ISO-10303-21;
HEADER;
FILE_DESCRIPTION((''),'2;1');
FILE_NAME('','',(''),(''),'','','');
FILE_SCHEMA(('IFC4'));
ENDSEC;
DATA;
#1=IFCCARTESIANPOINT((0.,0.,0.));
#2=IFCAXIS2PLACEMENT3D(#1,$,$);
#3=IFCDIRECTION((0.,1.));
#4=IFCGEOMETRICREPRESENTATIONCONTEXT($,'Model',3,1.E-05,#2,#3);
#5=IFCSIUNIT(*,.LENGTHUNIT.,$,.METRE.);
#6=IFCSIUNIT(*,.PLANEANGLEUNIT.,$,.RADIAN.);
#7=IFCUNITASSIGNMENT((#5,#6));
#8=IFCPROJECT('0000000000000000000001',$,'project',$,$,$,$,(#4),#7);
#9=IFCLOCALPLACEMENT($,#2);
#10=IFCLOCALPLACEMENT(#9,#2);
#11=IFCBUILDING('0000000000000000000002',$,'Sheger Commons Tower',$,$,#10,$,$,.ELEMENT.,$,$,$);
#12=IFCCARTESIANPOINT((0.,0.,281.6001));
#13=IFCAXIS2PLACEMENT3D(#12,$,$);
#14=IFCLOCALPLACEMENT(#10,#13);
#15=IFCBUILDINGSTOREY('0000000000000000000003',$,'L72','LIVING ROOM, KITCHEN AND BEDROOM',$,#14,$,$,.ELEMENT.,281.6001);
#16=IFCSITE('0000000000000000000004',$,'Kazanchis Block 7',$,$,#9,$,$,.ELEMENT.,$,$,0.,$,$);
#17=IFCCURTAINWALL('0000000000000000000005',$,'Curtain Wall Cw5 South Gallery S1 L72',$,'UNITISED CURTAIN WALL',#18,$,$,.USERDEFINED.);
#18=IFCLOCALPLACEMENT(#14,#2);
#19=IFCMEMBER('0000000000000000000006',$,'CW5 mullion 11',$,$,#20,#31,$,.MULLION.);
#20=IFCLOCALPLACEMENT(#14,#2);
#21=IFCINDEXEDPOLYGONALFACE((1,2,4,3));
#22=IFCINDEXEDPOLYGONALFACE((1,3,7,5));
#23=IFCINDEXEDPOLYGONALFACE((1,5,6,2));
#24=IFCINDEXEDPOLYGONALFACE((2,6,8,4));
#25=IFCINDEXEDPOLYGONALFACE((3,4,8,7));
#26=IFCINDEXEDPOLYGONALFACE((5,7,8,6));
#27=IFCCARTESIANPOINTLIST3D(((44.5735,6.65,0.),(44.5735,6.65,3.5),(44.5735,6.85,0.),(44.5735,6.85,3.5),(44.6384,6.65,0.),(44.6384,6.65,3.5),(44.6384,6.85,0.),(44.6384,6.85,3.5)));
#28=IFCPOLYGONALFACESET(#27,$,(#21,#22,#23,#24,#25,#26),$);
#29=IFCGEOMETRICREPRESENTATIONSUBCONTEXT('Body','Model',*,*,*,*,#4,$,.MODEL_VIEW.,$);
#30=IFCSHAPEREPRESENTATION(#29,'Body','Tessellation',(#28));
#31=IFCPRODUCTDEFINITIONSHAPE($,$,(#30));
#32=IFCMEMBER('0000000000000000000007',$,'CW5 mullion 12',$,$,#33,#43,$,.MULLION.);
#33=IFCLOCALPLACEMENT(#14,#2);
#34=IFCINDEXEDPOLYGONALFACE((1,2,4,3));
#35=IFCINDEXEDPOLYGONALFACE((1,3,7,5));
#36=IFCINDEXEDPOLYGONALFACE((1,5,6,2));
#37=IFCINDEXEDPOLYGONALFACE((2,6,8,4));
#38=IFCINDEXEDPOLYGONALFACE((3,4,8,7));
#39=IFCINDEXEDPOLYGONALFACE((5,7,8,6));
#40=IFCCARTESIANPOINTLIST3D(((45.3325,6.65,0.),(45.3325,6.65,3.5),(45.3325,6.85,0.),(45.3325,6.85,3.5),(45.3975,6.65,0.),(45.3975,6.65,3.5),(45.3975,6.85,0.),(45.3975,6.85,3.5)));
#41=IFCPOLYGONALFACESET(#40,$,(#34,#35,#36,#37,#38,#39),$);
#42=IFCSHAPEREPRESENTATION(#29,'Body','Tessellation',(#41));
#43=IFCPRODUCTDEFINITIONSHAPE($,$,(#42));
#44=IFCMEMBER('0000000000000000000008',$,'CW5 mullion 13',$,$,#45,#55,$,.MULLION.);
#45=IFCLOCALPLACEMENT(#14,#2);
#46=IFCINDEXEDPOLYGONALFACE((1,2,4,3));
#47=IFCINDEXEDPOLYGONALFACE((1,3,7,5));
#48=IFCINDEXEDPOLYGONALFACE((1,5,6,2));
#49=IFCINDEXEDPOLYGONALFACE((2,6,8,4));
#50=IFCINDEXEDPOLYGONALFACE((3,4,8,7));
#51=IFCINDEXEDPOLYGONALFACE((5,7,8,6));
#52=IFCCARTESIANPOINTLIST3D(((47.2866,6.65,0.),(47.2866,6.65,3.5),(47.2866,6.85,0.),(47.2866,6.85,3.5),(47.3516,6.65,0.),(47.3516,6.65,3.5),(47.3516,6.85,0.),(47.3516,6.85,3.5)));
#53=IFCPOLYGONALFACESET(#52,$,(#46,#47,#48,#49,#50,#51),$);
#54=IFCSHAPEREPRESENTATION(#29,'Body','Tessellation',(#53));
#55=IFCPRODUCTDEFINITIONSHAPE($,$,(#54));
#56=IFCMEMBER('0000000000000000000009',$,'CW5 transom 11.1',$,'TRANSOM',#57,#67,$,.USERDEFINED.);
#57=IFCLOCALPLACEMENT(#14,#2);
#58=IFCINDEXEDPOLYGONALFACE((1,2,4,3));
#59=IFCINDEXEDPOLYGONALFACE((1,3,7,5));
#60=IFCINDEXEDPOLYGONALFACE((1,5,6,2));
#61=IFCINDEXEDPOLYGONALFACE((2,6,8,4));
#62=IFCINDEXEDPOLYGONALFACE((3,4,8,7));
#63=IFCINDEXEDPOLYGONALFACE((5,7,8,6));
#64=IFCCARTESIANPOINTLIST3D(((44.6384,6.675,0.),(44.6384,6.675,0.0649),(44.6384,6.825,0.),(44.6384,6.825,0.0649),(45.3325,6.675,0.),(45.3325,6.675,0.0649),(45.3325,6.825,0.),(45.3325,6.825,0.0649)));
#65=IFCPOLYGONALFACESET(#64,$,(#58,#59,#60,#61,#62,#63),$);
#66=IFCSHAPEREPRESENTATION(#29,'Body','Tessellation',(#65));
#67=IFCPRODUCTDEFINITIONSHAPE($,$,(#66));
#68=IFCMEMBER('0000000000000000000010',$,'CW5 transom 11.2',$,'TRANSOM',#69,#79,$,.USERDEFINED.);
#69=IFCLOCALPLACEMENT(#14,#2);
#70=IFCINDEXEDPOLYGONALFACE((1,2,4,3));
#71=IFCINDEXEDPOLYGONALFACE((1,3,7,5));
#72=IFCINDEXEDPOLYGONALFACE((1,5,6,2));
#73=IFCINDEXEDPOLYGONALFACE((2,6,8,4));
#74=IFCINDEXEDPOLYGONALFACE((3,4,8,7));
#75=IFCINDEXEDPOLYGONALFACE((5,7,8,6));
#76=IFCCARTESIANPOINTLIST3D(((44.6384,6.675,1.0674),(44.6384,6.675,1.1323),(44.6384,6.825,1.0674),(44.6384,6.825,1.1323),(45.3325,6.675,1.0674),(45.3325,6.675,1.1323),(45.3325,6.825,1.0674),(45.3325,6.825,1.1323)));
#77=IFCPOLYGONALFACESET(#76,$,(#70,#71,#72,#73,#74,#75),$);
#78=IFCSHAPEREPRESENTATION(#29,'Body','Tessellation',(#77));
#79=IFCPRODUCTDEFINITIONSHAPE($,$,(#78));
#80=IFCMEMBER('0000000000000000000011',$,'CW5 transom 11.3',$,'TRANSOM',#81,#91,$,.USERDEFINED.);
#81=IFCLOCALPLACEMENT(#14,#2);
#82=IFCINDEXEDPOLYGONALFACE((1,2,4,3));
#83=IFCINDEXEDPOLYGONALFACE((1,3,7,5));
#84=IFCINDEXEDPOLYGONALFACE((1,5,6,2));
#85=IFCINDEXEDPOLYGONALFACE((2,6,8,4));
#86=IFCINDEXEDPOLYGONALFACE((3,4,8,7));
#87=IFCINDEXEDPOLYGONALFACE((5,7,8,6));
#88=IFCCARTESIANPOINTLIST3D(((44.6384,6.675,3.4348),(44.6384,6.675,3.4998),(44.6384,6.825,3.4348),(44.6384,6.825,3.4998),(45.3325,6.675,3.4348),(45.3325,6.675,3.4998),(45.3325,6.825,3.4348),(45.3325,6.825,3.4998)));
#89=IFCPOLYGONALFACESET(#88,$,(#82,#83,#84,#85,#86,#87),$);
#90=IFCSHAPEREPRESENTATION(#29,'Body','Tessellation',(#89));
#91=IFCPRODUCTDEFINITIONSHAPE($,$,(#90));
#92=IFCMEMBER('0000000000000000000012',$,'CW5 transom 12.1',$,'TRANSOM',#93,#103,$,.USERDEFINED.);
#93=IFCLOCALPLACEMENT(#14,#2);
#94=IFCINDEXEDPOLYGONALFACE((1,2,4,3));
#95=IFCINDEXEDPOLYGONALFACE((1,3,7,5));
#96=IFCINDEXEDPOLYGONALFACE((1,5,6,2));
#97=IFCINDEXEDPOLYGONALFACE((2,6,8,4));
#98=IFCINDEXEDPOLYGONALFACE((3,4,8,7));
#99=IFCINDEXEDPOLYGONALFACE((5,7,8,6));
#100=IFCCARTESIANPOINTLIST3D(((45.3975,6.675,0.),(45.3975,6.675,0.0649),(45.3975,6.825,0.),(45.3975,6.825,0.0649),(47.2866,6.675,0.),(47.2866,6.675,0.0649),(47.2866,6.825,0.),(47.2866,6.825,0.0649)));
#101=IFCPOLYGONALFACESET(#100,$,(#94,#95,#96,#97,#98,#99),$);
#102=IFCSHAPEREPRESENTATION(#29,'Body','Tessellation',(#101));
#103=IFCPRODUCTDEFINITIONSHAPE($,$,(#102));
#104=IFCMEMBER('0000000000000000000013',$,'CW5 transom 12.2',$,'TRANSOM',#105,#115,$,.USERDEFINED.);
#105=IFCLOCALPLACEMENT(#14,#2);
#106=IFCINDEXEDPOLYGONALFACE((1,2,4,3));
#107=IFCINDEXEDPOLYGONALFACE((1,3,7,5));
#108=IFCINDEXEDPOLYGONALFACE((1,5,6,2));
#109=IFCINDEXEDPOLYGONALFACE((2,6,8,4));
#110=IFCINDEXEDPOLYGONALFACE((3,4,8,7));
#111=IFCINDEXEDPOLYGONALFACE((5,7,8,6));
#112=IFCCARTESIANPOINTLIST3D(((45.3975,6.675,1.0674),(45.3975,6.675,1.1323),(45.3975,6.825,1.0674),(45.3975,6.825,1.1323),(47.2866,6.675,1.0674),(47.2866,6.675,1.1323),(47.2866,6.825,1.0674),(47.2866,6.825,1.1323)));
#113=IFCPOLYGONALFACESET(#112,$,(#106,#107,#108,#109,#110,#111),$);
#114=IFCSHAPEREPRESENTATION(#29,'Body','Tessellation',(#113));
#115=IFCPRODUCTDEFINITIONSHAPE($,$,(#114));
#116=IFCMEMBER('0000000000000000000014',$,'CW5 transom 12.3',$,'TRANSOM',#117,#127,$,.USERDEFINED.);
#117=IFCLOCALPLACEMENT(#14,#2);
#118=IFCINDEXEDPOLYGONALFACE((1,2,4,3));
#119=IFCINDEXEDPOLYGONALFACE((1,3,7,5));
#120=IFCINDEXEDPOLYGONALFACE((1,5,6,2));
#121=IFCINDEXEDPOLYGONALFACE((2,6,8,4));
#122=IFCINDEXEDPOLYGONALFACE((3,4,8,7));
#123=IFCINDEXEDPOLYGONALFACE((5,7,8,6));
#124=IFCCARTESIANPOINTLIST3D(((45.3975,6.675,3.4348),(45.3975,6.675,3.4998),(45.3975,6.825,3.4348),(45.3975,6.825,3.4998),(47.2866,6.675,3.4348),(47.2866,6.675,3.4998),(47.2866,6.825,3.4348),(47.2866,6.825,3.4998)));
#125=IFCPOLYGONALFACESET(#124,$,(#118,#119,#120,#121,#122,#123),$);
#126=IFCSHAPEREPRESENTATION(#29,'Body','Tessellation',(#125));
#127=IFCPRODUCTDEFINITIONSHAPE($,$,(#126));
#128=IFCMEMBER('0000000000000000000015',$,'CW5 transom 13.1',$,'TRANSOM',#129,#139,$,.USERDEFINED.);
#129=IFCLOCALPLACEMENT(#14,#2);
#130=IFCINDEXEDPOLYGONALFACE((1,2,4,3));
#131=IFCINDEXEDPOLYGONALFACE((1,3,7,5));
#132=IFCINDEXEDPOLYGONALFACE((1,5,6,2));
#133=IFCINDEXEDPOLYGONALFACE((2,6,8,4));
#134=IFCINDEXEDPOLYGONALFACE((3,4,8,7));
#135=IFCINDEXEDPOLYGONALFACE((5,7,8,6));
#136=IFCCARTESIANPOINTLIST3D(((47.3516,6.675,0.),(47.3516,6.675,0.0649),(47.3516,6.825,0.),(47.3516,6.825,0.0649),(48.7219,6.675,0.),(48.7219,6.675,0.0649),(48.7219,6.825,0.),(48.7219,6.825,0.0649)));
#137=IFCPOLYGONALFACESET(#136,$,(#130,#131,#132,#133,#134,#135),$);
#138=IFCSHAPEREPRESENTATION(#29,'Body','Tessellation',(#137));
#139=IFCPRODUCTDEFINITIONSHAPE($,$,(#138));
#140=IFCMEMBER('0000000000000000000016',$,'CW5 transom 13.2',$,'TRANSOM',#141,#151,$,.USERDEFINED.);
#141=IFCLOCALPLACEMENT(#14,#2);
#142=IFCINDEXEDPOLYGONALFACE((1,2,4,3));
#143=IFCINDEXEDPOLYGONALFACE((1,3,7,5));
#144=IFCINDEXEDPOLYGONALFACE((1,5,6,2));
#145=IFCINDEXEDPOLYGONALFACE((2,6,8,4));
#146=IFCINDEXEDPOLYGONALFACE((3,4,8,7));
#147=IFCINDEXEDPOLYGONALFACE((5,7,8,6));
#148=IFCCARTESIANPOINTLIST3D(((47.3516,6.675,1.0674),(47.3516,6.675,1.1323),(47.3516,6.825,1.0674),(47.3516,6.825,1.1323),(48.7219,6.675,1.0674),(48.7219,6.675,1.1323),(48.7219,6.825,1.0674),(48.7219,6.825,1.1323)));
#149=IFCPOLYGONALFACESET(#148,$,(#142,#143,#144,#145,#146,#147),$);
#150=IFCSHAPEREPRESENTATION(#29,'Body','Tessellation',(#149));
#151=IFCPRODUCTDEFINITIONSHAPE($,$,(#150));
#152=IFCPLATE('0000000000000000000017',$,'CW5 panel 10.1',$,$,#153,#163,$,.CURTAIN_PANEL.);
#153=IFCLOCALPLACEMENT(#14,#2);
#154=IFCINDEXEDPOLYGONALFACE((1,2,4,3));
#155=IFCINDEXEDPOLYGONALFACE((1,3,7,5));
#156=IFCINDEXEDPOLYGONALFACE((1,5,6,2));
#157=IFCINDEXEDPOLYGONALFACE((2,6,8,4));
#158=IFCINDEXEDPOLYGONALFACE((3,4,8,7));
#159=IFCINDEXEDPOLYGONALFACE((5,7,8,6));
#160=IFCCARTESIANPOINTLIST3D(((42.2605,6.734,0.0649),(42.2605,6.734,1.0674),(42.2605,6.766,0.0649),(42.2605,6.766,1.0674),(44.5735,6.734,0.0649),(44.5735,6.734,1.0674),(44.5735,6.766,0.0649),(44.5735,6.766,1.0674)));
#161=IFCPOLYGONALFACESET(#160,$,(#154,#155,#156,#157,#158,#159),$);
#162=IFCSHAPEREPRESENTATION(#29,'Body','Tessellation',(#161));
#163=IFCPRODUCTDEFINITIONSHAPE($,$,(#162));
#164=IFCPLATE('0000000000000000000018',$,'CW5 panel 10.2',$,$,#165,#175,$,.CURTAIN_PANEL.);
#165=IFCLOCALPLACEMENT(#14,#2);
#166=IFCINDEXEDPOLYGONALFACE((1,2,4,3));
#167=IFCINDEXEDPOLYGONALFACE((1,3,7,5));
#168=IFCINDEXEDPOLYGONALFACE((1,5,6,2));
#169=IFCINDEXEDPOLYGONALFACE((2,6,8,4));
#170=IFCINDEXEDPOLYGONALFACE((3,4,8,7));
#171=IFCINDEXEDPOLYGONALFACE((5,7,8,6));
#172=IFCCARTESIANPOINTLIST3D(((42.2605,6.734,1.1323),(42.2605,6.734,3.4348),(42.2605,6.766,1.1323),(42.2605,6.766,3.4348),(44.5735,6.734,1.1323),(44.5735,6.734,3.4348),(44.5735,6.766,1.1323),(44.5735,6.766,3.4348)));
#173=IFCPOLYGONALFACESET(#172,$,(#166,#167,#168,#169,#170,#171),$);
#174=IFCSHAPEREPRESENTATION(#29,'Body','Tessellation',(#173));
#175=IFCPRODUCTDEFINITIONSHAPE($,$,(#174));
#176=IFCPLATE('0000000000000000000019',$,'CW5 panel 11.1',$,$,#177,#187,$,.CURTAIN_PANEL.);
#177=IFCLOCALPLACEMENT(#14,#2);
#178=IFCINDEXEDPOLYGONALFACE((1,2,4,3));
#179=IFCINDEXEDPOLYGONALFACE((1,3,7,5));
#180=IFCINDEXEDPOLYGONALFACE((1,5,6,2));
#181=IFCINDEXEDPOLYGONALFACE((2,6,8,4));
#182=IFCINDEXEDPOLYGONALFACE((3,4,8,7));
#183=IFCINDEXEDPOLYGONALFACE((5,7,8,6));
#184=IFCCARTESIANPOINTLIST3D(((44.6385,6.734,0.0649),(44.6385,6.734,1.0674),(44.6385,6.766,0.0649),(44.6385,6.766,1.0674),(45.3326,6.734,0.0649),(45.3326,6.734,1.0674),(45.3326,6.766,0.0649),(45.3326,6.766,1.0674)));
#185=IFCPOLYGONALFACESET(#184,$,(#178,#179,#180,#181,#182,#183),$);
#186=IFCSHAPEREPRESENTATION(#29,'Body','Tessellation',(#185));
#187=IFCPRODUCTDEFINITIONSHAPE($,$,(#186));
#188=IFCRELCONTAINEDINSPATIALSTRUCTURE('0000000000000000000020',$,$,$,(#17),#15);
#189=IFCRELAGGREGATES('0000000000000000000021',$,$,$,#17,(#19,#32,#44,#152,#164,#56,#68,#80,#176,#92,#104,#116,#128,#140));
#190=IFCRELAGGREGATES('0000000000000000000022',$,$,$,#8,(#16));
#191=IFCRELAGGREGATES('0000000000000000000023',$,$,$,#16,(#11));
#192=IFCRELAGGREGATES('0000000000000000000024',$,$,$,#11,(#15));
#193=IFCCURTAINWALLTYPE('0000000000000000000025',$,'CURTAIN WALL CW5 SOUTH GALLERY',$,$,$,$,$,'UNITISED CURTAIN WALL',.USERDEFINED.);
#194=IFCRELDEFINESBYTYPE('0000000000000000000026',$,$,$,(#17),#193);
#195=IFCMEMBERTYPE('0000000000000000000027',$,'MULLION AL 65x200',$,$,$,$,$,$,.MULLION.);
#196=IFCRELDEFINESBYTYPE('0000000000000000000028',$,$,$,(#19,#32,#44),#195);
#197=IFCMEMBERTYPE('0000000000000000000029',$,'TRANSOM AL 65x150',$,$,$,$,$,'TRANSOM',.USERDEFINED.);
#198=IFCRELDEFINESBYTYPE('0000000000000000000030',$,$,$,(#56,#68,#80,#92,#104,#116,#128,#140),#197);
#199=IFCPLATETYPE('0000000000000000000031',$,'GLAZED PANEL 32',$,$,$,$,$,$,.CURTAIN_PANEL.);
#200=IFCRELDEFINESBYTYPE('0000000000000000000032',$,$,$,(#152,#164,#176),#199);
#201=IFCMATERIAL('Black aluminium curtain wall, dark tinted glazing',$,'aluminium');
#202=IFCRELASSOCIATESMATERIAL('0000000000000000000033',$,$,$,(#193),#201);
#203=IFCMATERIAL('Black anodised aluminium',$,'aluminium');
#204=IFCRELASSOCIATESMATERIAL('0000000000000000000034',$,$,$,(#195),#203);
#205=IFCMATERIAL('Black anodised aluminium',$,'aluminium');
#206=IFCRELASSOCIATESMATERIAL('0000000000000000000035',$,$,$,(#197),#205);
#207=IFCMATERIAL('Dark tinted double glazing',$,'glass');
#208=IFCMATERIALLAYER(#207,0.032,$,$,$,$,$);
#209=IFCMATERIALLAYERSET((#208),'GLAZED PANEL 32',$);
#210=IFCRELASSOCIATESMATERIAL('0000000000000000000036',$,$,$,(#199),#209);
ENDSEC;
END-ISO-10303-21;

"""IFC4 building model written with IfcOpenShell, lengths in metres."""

from ifc_helpers import new_model, si_unit, direction, frame, origin, origin_2d, place, context, subcontext, project, spatial, rectangle, extrude, material, layer, layer_set, material_profile, profile_set, type_object, element, aggregate, save


model = new_model("IFC4")

# Units and contexts
model_context = context("Model", 3, precision=1e-05, world=origin(), true_north=direction((0.0, 1.0)))
body_context = subcontext(model_context, "Body", "Model", "MODEL_VIEW")
ifc_project = project(units=[si_unit("LENGTHUNIT", "METRE"), si_unit("PLANEANGLEUNIT", "RADIAN")], contexts=[model_context])

# Site, building, storey
site_placement = place(None, origin())
site = spatial("IfcSite", under=ifc_project, at=site_placement, Name="Kazanchis Block 7", CompositionType="ELEMENT", RefElevation=0.0)
building_placement = place(site_placement, origin())
building = spatial("IfcBuilding", under=site, at=building_placement, Name="Sheger Commons Tower", CompositionType="ELEMENT")
storey_placement = place(building_placement, frame((0.0, 0.0, 281.6001)))
storey = spatial("IfcBuildingStorey", under=building, at=storey_placement, Name="L72", Description="LIVING ROOM, KITCHEN AND BEDROOM", CompositionType="ELEMENT", Elevation=281.6001)

# Curtain wall, members, plates
ifc_material_1 = material(Name="Black aluminium curtain wall, dark tinted glazing", Category="aluminium")
curtain_wall_type = type_object("IfcCurtainWallType", Name="CURTAIN WALL CW5 SOUTH GALLERY", ElementType="UNITISED CURTAIN WALL", PredefinedType="USERDEFINED", material=ifc_material_1)
curtain_wall_placement = place(storey_placement, origin())
curtain_wall = element("IfcCurtainWall", 1, at=curtain_wall_placement, inside=storey, type_object=curtain_wall_type, Name="Curtain Wall Cw5 South Gallery S1 L72", ObjectType="UNITISED CURTAIN WALL", PredefinedType="USERDEFINED")
ifc_material_2 = material(Name="Black anodised aluminium", Category="aluminium")
ifc_material_profile_1 = material_profile(ifc_material_2, rectangle(XDim=0.2, YDim=0.0649, at=origin_2d()), Name="AL 65x200")
ifc_profile_set_1 = profile_set([ifc_material_profile_1], Name="Black anodised aluminium")
member_type_1 = type_object("IfcMemberType", Name="MULLION AL 65x200", PredefinedType="MULLION", material=ifc_profile_set_1)
member_1_placement = place(storey_placement, frame((44.606, 6.75, 0.0), z_axis=(0.0, 0.0, 1.0), x_axis=(0.0, 1.0, 0.0)))
member_1 = element("IfcMember", 2, at=member_1_placement, type_object=member_type_1, Name="CW5 mullion 11", PredefinedType="MULLION", context=body_context, shape_type="SweptSolid", body=[
    extrude(rectangle(XDim=0.2, YDim=0.0649, at=origin_2d()), origin(), (0.0, 0.0, 1.0), 3.5),
])
member_2_placement = place(storey_placement, frame((45.365, 6.75, 0.0), z_axis=(0.0, 0.0, 1.0), x_axis=(0.0, 1.0, 0.0)))
member_2 = element("IfcMember", 3, at=member_2_placement, type_object=member_type_1, Name="CW5 mullion 12", PredefinedType="MULLION", context=body_context, shape_type="SweptSolid", body=[
    extrude(rectangle(XDim=0.2, YDim=0.0649, at=origin_2d()), origin(), (0.0, 0.0, 1.0), 3.5),
])
member_3_placement = place(storey_placement, frame((47.3191, 6.75, 0.0), z_axis=(0.0, 0.0, 1.0), x_axis=(0.0, 1.0, 0.0)))
member_3 = element("IfcMember", 4, at=member_3_placement, type_object=member_type_1, Name="CW5 mullion 13", PredefinedType="MULLION", context=body_context, shape_type="SweptSolid", body=[
    extrude(rectangle(XDim=0.2, YDim=0.0649, at=origin_2d()), origin(), (0.0, 0.0, 1.0), 3.5),
])
ifc_material_3 = material(Name="Black anodised aluminium", Category="aluminium")
ifc_material_profile_2 = material_profile(ifc_material_3, rectangle(XDim=0.1499, YDim=0.0649, at=origin_2d()), Name="AL 65x150")
ifc_profile_set_2 = profile_set([ifc_material_profile_2], Name="Black anodised aluminium")
member_type_2 = type_object("IfcMemberType", Name="TRANSOM AL 65x150", ElementType="TRANSOM", PredefinedType="USERDEFINED", material=ifc_profile_set_2)
member_4_placement = place(storey_placement, frame((44.6384, 6.75, 0.0325), z_axis=(1.0, 0.0, 0.0), x_axis=(0.0, 1.0, 0.0)))
member_4 = element("IfcMember", 5, at=member_4_placement, type_object=member_type_2, Name="CW5 transom 11.1", ObjectType="TRANSOM", PredefinedType="USERDEFINED", context=body_context, shape_type="SweptSolid", body=[
    extrude(rectangle(XDim=0.1499, YDim=0.0649, at=origin_2d()), origin(), (0.0, 0.0, 1.0), 0.6941),
])
member_5_placement = place(storey_placement, frame((44.6384, 6.75, 1.0999), z_axis=(1.0, 0.0, 0.0), x_axis=(0.0, 1.0, 0.0)))
member_5 = element("IfcMember", 6, at=member_5_placement, type_object=member_type_2, Name="CW5 transom 11.2", ObjectType="TRANSOM", PredefinedType="USERDEFINED", context=body_context, shape_type="SweptSolid", body=[
    extrude(rectangle(XDim=0.1499, YDim=0.0649, at=origin_2d()), origin(), (0.0, 0.0, 1.0), 0.6941),
])
member_6_placement = place(storey_placement, frame((44.6384, 6.75, 3.4673), z_axis=(1.0, 0.0, 0.0), x_axis=(0.0, 1.0, 0.0)))
member_6 = element("IfcMember", 7, at=member_6_placement, type_object=member_type_2, Name="CW5 transom 11.3", ObjectType="TRANSOM", PredefinedType="USERDEFINED", context=body_context, shape_type="SweptSolid", body=[
    extrude(rectangle(XDim=0.1499, YDim=0.0649, at=origin_2d()), origin(), (0.0, 0.0, 1.0), 0.6941),
])
member_7_placement = place(storey_placement, frame((45.3975, 6.75, 0.0325), z_axis=(1.0, 0.0, 0.0), x_axis=(0.0, 1.0, 0.0)))
member_7 = element("IfcMember", 8, at=member_7_placement, type_object=member_type_2, Name="CW5 transom 12.1", ObjectType="TRANSOM", PredefinedType="USERDEFINED", context=body_context, shape_type="SweptSolid", body=[
    extrude(rectangle(XDim=0.1499, YDim=0.0649, at=origin_2d()), origin(), (0.0, 0.0, 1.0), 1.8892),
])
member_8_placement = place(storey_placement, frame((45.3975, 6.75, 1.0999), z_axis=(1.0, 0.0, 0.0), x_axis=(0.0, 1.0, 0.0)))
member_8 = element("IfcMember", 9, at=member_8_placement, type_object=member_type_2, Name="CW5 transom 12.2", ObjectType="TRANSOM", PredefinedType="USERDEFINED", context=body_context, shape_type="SweptSolid", body=[
    extrude(rectangle(XDim=0.1499, YDim=0.0649, at=origin_2d()), origin(), (0.0, 0.0, 1.0), 1.8892),
])
member_9_placement = place(storey_placement, frame((45.3975, 6.75, 3.4673), z_axis=(1.0, 0.0, 0.0), x_axis=(0.0, 1.0, 0.0)))
member_9 = element("IfcMember", 10, at=member_9_placement, type_object=member_type_2, Name="CW5 transom 12.3", ObjectType="TRANSOM", PredefinedType="USERDEFINED", context=body_context, shape_type="SweptSolid", body=[
    extrude(rectangle(XDim=0.1499, YDim=0.0649, at=origin_2d()), origin(), (0.0, 0.0, 1.0), 1.8892),
])
member_10_placement = place(storey_placement, frame((47.3516, 6.75, 0.0325), z_axis=(1.0, 0.0, 0.0), x_axis=(0.0, 1.0, 0.0)))
member_10 = element("IfcMember", 11, at=member_10_placement, type_object=member_type_2, Name="CW5 transom 13.1", ObjectType="TRANSOM", PredefinedType="USERDEFINED", context=body_context, shape_type="SweptSolid", body=[
    extrude(rectangle(XDim=0.1499, YDim=0.0649, at=origin_2d()), origin(), (0.0, 0.0, 1.0), 1.3704),
])
member_11_placement = place(storey_placement, frame((47.3516, 6.75, 1.0999), z_axis=(1.0, 0.0, 0.0), x_axis=(0.0, 1.0, 0.0)))
member_11 = element("IfcMember", 12, at=member_11_placement, type_object=member_type_2, Name="CW5 transom 13.2", ObjectType="TRANSOM", PredefinedType="USERDEFINED", context=body_context, shape_type="SweptSolid", body=[
    extrude(rectangle(XDim=0.1499, YDim=0.0649, at=origin_2d()), origin(), (0.0, 0.0, 1.0), 1.3704),
])
ifc_material_4 = material(Name="Dark tinted double glazing", Category="glass")
ifc_layer_1 = layer(ifc_material_4, 0.032)
ifc_layer_set_1 = layer_set([ifc_layer_1], Name="GLAZED PANEL 32")
plate_type_1 = type_object("IfcPlateType", Name="GLAZED PANEL 32", PredefinedType="CURTAIN_PANEL", material=ifc_layer_set_1)
plate_1_placement = place(storey_placement, frame((43.417, 6.75, 0.0649), z_axis=(0.0, 0.0, 1.0), x_axis=(1.0, 0.0, 0.0)))
plate_1 = element("IfcPlate", 13, at=plate_1_placement, type_object=plate_type_1, Name="CW5 panel 10.1", PredefinedType="CURTAIN_PANEL", context=body_context, shape_type="SweptSolid", body=[
    extrude(rectangle(XDim=2.313, YDim=0.032, at=origin_2d()), origin(), (0.0, 0.0, 1.0), 1.0024),
])
plate_2_placement = place(storey_placement, frame((43.417, 6.75, 1.1323), z_axis=(0.0, 0.0, 1.0), x_axis=(1.0, 0.0, 0.0)))
plate_2 = element("IfcPlate", 14, at=plate_2_placement, type_object=plate_type_1, Name="CW5 panel 10.2", PredefinedType="CURTAIN_PANEL", context=body_context, shape_type="SweptSolid", body=[
    extrude(rectangle(XDim=2.313, YDim=0.032, at=origin_2d()), origin(), (0.0, 0.0, 1.0), 2.3025),
])
plate_3_placement = place(storey_placement, frame((44.9856, 6.75, 0.0649), z_axis=(0.0, 0.0, 1.0), x_axis=(1.0, 0.0, 0.0)))
plate_3 = element("IfcPlate", 15, at=plate_3_placement, type_object=plate_type_1, Name="CW5 panel 11.1", PredefinedType="CURTAIN_PANEL", context=body_context, shape_type="SweptSolid", body=[
    extrude(rectangle(XDim=0.6941, YDim=0.032, at=origin_2d()), origin(), (0.0, 0.0, 1.0), 1.0024),
])
aggregate(curtain_wall, [member_1, member_2, member_3, plate_1, plate_2, member_4, member_5, member_6, plate_3, member_7, member_8, member_9, member_10, member_11])

save(model, "model.ifc")
